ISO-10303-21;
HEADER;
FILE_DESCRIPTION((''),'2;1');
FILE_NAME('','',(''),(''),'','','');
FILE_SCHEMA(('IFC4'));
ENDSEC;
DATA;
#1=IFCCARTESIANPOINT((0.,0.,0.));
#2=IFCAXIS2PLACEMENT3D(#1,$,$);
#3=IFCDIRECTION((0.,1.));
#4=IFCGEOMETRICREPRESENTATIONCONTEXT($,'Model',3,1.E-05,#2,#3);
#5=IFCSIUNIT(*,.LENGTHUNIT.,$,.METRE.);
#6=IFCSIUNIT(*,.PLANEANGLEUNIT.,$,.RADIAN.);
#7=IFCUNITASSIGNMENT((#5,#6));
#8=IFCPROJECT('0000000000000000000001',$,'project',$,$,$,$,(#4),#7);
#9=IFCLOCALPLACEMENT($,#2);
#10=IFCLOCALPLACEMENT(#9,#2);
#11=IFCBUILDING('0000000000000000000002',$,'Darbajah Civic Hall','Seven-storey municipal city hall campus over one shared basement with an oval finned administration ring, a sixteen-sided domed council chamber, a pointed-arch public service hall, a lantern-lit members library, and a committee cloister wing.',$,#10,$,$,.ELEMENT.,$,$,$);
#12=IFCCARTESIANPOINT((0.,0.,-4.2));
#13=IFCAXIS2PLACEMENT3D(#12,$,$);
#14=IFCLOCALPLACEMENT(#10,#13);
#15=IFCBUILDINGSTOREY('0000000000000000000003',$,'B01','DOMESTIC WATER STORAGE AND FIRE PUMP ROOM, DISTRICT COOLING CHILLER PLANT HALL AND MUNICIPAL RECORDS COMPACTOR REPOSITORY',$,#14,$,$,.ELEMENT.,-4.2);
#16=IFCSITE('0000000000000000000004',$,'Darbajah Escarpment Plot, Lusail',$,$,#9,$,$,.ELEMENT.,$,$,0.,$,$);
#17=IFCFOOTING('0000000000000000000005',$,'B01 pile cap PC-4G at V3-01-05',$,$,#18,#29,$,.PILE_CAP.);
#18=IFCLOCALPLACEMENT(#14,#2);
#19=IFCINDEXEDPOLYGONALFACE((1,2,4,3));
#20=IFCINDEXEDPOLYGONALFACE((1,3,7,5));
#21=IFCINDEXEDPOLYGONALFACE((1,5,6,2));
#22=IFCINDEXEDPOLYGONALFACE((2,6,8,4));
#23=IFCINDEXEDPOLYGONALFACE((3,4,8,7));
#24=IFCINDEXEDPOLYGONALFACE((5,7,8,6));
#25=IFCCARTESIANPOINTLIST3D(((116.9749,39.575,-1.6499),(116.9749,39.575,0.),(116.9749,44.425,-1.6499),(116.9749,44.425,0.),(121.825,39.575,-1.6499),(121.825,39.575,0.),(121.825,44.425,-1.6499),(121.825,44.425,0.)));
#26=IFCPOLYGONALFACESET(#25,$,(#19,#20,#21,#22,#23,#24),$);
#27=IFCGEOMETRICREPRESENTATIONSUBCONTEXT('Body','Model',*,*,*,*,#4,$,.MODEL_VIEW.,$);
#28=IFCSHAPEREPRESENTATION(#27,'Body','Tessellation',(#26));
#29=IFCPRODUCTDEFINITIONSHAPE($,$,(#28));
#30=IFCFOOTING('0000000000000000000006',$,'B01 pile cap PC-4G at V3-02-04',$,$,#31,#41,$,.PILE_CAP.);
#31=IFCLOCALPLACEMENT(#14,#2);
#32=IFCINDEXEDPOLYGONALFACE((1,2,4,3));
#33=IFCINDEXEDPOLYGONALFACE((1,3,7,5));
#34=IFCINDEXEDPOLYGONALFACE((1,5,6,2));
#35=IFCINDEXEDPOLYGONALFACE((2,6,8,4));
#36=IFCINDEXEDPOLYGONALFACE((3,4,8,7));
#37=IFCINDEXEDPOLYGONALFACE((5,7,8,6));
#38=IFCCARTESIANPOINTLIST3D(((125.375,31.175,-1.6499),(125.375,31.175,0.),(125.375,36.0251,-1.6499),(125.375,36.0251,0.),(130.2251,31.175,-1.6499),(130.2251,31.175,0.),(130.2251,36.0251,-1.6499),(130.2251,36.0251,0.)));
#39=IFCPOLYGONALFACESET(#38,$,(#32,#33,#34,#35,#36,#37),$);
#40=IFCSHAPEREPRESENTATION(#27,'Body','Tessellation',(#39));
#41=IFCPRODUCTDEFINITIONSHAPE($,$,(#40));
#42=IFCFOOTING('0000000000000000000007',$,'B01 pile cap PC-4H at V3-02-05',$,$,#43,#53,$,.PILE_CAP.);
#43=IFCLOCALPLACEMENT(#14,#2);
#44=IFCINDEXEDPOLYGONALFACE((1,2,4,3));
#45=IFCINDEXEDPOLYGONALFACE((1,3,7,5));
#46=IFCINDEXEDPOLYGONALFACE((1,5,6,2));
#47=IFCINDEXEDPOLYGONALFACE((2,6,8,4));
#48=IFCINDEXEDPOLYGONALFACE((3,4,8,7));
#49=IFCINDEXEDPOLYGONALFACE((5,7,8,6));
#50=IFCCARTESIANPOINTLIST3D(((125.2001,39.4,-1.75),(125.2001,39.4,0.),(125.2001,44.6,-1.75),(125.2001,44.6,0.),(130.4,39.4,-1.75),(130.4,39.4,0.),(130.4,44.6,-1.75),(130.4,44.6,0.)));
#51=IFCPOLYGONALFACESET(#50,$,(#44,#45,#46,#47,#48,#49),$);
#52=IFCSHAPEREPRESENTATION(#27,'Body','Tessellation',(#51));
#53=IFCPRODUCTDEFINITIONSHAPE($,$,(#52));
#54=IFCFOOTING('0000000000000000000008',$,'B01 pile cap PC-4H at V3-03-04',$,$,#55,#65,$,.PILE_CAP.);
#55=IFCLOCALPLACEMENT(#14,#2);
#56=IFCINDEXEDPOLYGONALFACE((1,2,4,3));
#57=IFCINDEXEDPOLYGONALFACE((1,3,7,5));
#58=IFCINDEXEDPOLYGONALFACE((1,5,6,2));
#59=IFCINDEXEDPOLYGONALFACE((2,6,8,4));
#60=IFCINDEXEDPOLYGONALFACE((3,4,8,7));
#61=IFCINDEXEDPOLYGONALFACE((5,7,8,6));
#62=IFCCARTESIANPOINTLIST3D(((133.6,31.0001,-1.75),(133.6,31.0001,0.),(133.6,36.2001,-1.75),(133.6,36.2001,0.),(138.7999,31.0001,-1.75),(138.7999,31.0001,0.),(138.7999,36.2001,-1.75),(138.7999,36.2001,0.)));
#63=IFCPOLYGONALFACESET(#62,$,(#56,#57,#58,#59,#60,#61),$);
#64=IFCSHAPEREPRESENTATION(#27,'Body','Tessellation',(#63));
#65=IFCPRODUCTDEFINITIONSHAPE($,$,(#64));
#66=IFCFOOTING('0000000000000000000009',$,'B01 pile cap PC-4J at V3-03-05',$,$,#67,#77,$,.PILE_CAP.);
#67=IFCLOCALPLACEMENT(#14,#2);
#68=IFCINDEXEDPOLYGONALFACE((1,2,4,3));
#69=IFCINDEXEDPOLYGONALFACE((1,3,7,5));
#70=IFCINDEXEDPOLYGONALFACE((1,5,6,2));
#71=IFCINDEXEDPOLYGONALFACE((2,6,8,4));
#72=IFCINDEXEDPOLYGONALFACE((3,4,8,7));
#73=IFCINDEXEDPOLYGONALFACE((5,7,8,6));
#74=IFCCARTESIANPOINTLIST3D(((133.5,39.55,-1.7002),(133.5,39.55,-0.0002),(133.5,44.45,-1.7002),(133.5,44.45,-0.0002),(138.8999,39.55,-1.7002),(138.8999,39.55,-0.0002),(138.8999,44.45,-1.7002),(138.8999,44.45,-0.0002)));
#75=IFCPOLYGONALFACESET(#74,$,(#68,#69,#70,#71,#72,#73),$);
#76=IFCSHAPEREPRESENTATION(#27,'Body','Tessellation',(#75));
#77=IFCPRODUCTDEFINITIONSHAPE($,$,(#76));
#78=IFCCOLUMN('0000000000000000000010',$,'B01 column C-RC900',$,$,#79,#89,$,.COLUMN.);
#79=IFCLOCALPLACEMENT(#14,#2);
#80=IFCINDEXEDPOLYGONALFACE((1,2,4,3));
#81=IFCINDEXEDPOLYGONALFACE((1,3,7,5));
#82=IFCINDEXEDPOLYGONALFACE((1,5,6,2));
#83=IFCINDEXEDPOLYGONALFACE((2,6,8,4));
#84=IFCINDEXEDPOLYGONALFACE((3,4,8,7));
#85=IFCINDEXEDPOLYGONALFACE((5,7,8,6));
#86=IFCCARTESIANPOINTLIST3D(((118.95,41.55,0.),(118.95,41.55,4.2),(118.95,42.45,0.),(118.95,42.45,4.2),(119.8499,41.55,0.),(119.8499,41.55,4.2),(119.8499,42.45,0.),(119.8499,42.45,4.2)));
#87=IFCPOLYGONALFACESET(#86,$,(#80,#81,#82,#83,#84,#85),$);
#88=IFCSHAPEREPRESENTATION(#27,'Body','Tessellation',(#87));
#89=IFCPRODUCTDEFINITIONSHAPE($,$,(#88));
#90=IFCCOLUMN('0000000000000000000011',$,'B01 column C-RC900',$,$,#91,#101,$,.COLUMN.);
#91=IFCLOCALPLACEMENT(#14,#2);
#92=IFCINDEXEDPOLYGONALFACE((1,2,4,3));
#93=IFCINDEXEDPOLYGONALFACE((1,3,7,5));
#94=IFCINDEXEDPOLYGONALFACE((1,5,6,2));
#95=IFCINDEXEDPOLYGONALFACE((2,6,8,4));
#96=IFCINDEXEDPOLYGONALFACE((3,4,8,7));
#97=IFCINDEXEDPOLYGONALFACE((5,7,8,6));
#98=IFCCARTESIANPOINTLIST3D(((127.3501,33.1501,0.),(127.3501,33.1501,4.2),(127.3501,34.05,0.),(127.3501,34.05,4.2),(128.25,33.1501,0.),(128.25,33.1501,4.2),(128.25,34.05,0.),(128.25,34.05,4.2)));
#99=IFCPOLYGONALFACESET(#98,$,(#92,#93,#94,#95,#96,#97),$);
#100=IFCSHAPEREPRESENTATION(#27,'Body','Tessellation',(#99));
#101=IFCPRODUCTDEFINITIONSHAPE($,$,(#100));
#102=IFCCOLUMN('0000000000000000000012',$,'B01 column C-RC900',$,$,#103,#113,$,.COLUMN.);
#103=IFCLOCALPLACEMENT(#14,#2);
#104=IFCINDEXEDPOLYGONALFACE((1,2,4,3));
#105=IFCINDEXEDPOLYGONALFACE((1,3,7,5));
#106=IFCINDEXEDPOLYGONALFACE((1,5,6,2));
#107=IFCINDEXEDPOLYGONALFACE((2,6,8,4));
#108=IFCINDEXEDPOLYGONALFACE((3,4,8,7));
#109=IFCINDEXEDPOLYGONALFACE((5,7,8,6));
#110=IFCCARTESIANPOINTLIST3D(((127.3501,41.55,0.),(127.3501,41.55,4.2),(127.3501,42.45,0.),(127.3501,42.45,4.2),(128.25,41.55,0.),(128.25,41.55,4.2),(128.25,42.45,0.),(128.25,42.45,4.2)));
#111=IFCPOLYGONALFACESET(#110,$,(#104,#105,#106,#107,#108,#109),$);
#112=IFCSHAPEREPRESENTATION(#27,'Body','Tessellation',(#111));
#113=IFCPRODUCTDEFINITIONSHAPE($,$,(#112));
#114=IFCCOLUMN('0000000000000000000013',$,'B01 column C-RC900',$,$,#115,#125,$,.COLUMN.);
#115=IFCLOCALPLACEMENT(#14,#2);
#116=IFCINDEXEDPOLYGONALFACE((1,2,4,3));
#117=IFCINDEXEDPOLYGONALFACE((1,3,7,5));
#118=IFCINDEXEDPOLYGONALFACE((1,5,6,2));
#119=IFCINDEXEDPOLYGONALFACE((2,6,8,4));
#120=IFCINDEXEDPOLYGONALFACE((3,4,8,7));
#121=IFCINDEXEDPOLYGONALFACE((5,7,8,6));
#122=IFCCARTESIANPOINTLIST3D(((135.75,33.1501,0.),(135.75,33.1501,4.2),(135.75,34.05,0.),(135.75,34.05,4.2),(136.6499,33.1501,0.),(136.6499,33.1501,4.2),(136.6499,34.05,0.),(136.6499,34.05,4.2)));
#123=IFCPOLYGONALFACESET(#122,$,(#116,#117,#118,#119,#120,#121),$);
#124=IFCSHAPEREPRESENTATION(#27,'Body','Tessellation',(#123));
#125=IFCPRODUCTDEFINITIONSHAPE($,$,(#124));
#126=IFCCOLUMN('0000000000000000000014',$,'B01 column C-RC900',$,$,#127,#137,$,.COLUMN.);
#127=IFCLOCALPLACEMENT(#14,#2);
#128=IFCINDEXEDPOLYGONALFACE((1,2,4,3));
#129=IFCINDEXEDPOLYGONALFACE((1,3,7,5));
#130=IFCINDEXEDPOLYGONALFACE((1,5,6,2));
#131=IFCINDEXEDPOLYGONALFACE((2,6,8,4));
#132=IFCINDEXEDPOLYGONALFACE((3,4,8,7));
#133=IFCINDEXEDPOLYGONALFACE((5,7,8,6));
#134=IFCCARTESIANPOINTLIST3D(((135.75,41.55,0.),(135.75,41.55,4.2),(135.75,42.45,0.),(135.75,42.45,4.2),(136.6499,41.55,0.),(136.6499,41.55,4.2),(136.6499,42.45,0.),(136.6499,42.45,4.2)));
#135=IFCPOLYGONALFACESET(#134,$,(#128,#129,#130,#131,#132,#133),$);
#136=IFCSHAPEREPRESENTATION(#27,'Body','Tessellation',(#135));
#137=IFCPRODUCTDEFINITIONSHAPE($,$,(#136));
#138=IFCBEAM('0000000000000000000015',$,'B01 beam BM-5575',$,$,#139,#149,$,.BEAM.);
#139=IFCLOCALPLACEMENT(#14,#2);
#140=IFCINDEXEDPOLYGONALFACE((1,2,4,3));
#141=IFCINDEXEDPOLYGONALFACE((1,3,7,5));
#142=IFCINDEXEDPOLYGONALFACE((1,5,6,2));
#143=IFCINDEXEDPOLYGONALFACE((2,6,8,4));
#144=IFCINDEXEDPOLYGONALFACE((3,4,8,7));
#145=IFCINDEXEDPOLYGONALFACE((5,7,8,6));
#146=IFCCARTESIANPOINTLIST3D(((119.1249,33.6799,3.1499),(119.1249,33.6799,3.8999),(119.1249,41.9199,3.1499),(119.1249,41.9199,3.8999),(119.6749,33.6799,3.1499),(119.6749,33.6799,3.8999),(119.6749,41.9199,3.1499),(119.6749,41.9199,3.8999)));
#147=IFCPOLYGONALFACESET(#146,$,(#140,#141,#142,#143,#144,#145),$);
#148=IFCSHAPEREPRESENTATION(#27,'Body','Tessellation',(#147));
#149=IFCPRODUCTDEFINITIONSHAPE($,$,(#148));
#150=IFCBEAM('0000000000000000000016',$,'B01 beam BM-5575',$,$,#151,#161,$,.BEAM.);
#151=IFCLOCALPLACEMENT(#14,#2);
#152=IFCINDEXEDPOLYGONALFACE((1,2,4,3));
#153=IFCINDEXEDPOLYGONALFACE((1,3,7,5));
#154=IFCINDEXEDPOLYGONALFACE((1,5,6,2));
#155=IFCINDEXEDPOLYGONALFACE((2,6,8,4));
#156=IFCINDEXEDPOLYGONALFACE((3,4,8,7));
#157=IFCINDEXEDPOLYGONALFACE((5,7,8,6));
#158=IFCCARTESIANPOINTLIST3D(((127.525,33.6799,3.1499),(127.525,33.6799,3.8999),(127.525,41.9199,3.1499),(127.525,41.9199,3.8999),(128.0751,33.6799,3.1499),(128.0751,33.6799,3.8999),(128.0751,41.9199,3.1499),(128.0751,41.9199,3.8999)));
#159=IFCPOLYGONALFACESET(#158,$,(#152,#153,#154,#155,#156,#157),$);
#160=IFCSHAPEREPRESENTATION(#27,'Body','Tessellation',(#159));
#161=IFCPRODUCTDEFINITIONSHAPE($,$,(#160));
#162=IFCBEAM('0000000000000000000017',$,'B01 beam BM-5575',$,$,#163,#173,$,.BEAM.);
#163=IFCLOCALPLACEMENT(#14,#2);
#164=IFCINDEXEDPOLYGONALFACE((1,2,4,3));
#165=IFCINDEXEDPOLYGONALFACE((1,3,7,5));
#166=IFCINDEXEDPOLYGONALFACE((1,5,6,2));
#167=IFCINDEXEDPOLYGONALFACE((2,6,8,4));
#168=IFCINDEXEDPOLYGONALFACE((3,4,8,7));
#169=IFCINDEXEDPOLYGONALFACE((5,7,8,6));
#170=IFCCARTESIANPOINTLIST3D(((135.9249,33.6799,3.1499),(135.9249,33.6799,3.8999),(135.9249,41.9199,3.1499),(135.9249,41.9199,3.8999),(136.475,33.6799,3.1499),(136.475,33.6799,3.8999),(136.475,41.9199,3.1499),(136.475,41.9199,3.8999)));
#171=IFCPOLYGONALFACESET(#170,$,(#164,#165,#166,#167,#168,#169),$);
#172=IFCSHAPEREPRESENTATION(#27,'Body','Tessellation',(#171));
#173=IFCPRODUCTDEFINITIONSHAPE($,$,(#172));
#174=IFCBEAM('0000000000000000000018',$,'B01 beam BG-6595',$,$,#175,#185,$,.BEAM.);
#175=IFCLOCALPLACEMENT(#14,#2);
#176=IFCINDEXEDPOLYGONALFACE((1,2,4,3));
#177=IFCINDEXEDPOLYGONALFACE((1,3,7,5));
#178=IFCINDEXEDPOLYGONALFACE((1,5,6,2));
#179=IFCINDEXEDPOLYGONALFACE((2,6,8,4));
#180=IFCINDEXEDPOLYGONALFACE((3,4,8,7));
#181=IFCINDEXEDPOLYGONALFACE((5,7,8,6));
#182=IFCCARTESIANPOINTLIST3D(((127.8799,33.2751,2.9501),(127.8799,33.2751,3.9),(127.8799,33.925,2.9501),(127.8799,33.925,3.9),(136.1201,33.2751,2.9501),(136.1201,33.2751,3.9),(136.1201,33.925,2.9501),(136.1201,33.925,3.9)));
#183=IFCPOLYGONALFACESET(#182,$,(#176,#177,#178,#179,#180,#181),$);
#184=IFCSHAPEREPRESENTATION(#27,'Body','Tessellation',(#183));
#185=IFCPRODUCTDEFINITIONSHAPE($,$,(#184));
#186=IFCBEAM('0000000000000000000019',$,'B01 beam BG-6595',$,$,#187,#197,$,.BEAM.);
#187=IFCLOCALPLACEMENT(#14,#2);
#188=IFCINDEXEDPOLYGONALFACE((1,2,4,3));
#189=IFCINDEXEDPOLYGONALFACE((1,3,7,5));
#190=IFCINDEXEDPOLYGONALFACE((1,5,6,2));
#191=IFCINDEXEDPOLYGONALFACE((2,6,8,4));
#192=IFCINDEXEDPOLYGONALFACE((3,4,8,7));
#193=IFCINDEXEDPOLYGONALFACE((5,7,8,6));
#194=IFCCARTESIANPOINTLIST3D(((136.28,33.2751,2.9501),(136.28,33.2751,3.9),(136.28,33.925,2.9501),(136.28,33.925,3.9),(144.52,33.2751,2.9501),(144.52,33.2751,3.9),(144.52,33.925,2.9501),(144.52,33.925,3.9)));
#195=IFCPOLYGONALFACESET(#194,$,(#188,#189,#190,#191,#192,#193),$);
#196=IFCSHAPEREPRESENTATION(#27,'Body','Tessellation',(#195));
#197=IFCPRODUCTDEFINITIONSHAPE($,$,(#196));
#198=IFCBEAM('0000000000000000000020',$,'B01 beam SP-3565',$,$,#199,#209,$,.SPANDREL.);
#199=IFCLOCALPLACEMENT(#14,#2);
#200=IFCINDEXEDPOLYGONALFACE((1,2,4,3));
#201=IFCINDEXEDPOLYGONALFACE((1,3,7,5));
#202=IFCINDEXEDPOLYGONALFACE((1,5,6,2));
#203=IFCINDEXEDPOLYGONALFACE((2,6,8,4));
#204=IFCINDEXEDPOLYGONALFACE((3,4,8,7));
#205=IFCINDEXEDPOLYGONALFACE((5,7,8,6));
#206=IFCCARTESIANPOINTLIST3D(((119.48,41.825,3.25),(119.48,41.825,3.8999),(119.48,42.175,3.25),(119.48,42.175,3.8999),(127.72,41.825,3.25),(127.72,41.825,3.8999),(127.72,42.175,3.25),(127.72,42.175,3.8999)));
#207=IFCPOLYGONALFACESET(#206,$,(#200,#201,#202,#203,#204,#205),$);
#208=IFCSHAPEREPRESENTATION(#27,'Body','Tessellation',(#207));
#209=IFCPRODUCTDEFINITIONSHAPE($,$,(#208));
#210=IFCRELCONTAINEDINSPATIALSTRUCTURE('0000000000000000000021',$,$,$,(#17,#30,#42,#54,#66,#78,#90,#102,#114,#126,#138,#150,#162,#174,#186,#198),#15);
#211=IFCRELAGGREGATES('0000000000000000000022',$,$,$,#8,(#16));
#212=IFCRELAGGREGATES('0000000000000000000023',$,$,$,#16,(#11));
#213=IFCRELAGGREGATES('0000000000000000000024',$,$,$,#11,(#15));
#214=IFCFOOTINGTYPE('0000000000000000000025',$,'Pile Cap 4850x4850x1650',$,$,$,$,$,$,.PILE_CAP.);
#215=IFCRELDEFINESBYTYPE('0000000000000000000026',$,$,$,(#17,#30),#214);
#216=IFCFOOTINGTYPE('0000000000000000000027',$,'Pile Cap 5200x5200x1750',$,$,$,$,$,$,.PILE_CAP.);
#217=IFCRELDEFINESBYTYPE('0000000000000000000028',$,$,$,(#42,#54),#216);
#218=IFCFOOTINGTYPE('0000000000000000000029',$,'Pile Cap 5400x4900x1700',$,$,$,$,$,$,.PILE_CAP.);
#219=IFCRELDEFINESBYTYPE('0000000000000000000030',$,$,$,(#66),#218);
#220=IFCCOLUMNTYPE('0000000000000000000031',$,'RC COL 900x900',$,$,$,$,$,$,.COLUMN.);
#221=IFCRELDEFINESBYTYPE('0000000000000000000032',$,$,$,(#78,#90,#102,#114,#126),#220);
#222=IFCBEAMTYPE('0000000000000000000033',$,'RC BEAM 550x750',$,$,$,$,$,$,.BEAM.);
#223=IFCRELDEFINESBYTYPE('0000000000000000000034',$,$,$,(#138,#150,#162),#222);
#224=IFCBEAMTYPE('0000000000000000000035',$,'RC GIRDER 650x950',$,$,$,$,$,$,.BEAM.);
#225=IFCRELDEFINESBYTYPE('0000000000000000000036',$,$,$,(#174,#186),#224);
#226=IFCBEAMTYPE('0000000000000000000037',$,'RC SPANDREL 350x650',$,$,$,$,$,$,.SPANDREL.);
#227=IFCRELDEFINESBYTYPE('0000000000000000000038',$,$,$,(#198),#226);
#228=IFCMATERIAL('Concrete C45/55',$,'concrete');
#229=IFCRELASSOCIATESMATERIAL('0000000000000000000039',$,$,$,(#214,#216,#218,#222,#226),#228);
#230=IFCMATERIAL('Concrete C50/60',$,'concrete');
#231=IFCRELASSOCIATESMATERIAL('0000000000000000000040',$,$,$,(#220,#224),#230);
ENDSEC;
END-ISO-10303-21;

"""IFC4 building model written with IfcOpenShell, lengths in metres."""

from ifc_helpers import new_model, si_unit, direction, frame, origin, origin_2d, place, context, subcontext, project, spatial, rectangle, extrude, material, material_profile, profile_set, type_object, element, save


model = new_model("IFC4")

# Units and contexts
model_context = context("Model", 3, precision=1e-05, world=origin(), true_north=direction((0.0, 1.0)))
body_context = subcontext(model_context, "Body", "Model", "MODEL_VIEW")
ifc_project = project(units=[si_unit("LENGTHUNIT", "METRE"), si_unit("PLANEANGLEUNIT", "RADIAN")], contexts=[model_context])

# Site, building, storey
site_placement = place(None, origin())
site = spatial("IfcSite", under=ifc_project, at=site_placement, Name="Darbajah Escarpment Plot, Lusail", CompositionType="ELEMENT", RefElevation=0.0)
building_placement = place(site_placement, origin())
building = spatial("IfcBuilding", under=site, at=building_placement, Name="Darbajah Civic Hall", Description="Seven-storey municipal city hall campus over one shared basement with an oval finned administration ring, a sixteen-sided domed council chamber, a pointed-arch public service hall, a lantern-lit members library, and a committee cloister wing.", CompositionType="ELEMENT")
storey_placement = place(building_placement, frame((0.0, 0.0, -4.2)))
storey = spatial("IfcBuildingStorey", under=building, at=storey_placement, Name="B01", Description="DOMESTIC WATER STORAGE AND FIRE PUMP ROOM, DISTRICT COOLING CHILLER PLANT HALL AND MUNICIPAL RECORDS COMPACTOR REPOSITORY", CompositionType="ELEMENT", Elevation=-4.2)

# Shared definitions
ifc_material_1 = material(Name="Concrete C45/55", Category="concrete")

# Footings
footing_type_1 = type_object("IfcFootingType", Name="Pile Cap 4850x4850x1650", PredefinedType="PILE_CAP", material=ifc_material_1)
for number, where, z_axis, x_axis, name in (
    (1, (119.3999, 42.0, -1.6499), (0.0, 0.0, 1.0), (1.0, 0.0, 0.0), "B01 pile cap PC-4G at V3-01-05"),
    (2, (127.8, 33.6001, -1.6499), (0.0, 0.0, 1.0), (1.0, 0.0, 0.0), "B01 pile cap PC-4G at V3-02-04"),
):
    element("IfcFooting", number, at=place(storey_placement, frame(where, z_axis=z_axis, x_axis=x_axis)), inside=storey, type_object=footing_type_1, Name=name, PredefinedType="PILE_CAP", context=body_context, shape_type="SweptSolid", body=[
        extrude(rectangle(XDim=4.8501, YDim=4.8501, at=origin_2d()), origin(), (0.0, 0.0, 1.0), 1.6499),
    ])
footing_type_2 = type_object("IfcFootingType", Name="Pile Cap 5200x5200x1750", PredefinedType="PILE_CAP", material=ifc_material_1)
for number, where, z_axis, x_axis, name in (
    (3, (127.8, 42.0, -1.75), (0.0, 0.0, 1.0), (1.0, 0.0, 0.0), "B01 pile cap PC-4H at V3-02-05"),
    (4, (136.2, 33.6001, -1.75), (0.0, 0.0, 1.0), (1.0, 0.0, 0.0), "B01 pile cap PC-4H at V3-03-04"),
):
    element("IfcFooting", number, at=place(storey_placement, frame(where, z_axis=z_axis, x_axis=x_axis)), inside=storey, type_object=footing_type_2, Name=name, PredefinedType="PILE_CAP", context=body_context, shape_type="SweptSolid", body=[
        extrude(rectangle(XDim=5.2, YDim=5.2, at=origin_2d()), origin(), (0.0, 0.0, 1.0), 1.75),
    ])
footing_type_3 = type_object("IfcFootingType", Name="Pile Cap 5400x4900x1700", PredefinedType="PILE_CAP", material=ifc_material_1)
footing_placement = place(storey_placement, frame((136.2, 42.0, -1.7002), z_axis=(0.0, 0.0, 1.0), x_axis=(1.0, 0.0, 0.0)))
element("IfcFooting", 5, at=footing_placement, inside=storey, type_object=footing_type_3, Name="B01 pile cap PC-4J at V3-03-05", PredefinedType="PILE_CAP", context=body_context, shape_type="SweptSolid", body=[
    extrude(rectangle(XDim=5.3999, YDim=4.8999, at=origin_2d()), origin(), (0.0, 0.0, 1.0), 1.7),
])

# Columns
ifc_material_2 = material(Name="Concrete C50/60", Category="concrete")
ifc_material_profile_1 = material_profile(ifc_material_2, rectangle(XDim=0.8999, YDim=0.8999, at=origin_2d()), Name="RC COL 900x900")
ifc_profile_set_1 = profile_set([ifc_material_profile_1], Name="Concrete C50/60")
column_type = type_object("IfcColumnType", Name="RC COL 900x900", PredefinedType="COLUMN", material=ifc_profile_set_1)
for number, where, z_axis, x_axis, name in (
    (6, (119.3999, 42.0, 0.0), (0.0, 0.0, 1.0), (1.0, 0.0, 0.0), "B01 column C-RC900"),
    (7, (127.8, 33.6001, 0.0), (0.0, 0.0, 1.0), (1.0, 0.0, 0.0), "B01 column C-RC900"),
    (8, (127.8, 42.0, 0.0), (0.0, 0.0, 1.0), (1.0, 0.0, 0.0), "B01 column C-RC900"),
    (9, (136.2, 33.6001, 0.0), (0.0, 0.0, 1.0), (1.0, 0.0, 0.0), "B01 column C-RC900"),
    (10, (136.2, 42.0, 0.0), (0.0, 0.0, 1.0), (1.0, 0.0, 0.0), "B01 column C-RC900"),
):
    element("IfcColumn", number, at=place(storey_placement, frame(where, z_axis=z_axis, x_axis=x_axis)), inside=storey, type_object=column_type, Name=name, PredefinedType="COLUMN", context=body_context, shape_type="SweptSolid", body=[
        extrude(rectangle(XDim=0.8999, YDim=0.8999, at=origin_2d()), origin(), (0.0, 0.0, 1.0), 4.2),
    ])

# Beams
ifc_material_profile_2 = material_profile(ifc_material_1, rectangle(XDim=0.55, YDim=0.75, at=origin_2d()), Name="RC BEAM 550x750")
ifc_profile_set_2 = profile_set([ifc_material_profile_2], Name="Concrete C45/55")
beam_type_1 = type_object("IfcBeamType", Name="RC BEAM 550x750", PredefinedType="BEAM", material=ifc_profile_set_2)
for number, where, z_axis, x_axis, name in (
    (11, (119.3999, 33.6799, 3.5249), (0.0, 1.0, 0.0), (-1.0, 0.0, 0.0), "B01 beam BM-5575"),
    (12, (127.8, 33.6799, 3.5249), (0.0, 1.0, 0.0), (-1.0, 0.0, 0.0), "B01 beam BM-5575"),
    (13, (136.2, 33.6799, 3.5249), (0.0, 1.0, 0.0), (-1.0, 0.0, 0.0), "B01 beam BM-5575"),
):
    element("IfcBeam", number, at=place(storey_placement, frame(where, z_axis=z_axis, x_axis=x_axis)), inside=storey, type_object=beam_type_1, Name=name, PredefinedType="BEAM", context=body_context, shape_type="SweptSolid", body=[
        extrude(rectangle(XDim=0.55, YDim=0.75, at=origin_2d()), origin(), (0.0, 0.0, 1.0), 8.24),
    ])
ifc_material_profile_3 = material_profile(ifc_material_2, rectangle(XDim=0.6499, YDim=0.95, at=origin_2d()), Name="RC GIRDER 650x950")
ifc_profile_set_3 = profile_set([ifc_material_profile_3], Name="Concrete C50/60")
beam_type_2 = type_object("IfcBeamType", Name="RC GIRDER 650x950", PredefinedType="BEAM", material=ifc_profile_set_3)
beam_1_placement = place(storey_placement, frame((127.8799, 33.6001, 3.425), z_axis=(1.0, 0.0, 0.0), x_axis=(0.0, 1.0, 0.0)))
element("IfcBeam", 14, at=beam_1_placement, inside=storey, type_object=beam_type_2, Name="B01 beam BG-6595", PredefinedType="BEAM", context=body_context, shape_type="SweptSolid", body=[
    extrude(rectangle(XDim=0.6499, YDim=0.95, at=origin_2d()), origin(), (0.0, 0.0, 1.0), 8.2402),
])
beam_2_placement = place(storey_placement, frame((136.28, 33.6001, 3.425), z_axis=(1.0, 0.0, 0.0), x_axis=(0.0, 1.0, 0.0)))
element("IfcBeam", 15, at=beam_2_placement, inside=storey, type_object=beam_type_2, Name="B01 beam BG-6595", PredefinedType="BEAM", context=body_context, shape_type="SweptSolid", body=[
    extrude(rectangle(XDim=0.6499, YDim=0.95, at=origin_2d()), origin(), (0.0, 0.0, 1.0), 8.24),
])
ifc_material_profile_4 = material_profile(ifc_material_1, rectangle(XDim=0.3501, YDim=0.6499, at=origin_2d()), Name="RC SPANDREL 350x650")
ifc_profile_set_4 = profile_set([ifc_material_profile_4], Name="Concrete C45/55")
beam_type_3 = type_object("IfcBeamType", Name="RC SPANDREL 350x650", PredefinedType="SPANDREL", material=ifc_profile_set_4)
beam_3_placement = place(storey_placement, frame((119.48, 42.0, 3.575), z_axis=(1.0, 0.0, 0.0), x_axis=(0.0, 1.0, 0.0)))
element("IfcBeam", 16, at=beam_3_placement, inside=storey, type_object=beam_type_3, Name="B01 beam SP-3565", PredefinedType="SPANDREL", context=body_context, shape_type="SweptSolid", body=[
    extrude(rectangle(XDim=0.3501, YDim=0.6499, at=origin_2d()), origin(), (0.0, 0.0, 1.0), 8.24),
])

save(model, "model.ifc")
